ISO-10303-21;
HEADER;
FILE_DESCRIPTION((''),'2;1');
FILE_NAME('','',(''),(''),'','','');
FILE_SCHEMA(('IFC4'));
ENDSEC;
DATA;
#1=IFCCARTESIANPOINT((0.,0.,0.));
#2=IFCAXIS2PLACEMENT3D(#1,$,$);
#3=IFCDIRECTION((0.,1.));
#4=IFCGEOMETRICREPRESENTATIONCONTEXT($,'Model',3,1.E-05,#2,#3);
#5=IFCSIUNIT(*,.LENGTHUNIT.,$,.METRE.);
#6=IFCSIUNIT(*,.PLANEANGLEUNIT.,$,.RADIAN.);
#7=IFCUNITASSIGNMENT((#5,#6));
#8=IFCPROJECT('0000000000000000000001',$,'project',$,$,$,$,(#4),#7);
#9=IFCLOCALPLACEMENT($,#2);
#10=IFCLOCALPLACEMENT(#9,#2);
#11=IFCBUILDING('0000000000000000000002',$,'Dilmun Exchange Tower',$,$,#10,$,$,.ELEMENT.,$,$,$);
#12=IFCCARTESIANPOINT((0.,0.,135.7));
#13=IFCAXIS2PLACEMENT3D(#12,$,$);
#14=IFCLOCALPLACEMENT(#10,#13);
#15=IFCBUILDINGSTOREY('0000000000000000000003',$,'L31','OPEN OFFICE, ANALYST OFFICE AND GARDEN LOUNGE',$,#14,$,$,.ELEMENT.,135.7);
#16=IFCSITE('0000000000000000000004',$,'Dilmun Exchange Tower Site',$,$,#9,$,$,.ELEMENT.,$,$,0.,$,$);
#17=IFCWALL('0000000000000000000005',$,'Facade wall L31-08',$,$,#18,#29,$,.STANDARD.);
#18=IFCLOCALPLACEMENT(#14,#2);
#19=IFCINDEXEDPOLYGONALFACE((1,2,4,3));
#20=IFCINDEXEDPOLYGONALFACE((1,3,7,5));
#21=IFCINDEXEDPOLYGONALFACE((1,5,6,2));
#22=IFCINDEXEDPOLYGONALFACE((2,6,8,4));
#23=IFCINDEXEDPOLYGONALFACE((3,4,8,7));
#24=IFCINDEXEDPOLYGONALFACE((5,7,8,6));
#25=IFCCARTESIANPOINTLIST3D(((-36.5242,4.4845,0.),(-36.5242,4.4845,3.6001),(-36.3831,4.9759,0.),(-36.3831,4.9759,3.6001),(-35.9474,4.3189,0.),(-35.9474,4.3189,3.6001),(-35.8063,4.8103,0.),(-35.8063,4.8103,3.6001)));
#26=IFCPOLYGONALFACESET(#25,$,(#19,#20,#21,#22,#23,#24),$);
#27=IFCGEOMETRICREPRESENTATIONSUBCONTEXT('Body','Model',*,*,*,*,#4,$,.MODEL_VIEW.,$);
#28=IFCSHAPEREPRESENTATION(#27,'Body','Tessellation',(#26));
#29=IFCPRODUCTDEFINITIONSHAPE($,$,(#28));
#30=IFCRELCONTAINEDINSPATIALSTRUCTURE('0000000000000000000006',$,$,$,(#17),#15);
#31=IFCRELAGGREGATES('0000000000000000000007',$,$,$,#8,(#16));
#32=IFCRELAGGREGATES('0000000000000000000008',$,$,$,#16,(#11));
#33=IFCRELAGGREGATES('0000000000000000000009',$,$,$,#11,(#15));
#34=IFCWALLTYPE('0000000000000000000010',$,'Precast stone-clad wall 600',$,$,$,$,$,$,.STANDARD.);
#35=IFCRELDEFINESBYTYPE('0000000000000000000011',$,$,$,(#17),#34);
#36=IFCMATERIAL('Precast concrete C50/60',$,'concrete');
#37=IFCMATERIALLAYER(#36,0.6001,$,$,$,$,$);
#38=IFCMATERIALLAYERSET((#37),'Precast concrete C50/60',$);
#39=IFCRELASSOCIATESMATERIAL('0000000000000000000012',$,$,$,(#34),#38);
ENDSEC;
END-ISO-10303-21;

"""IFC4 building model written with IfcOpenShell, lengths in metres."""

from ifc_helpers import new_model, si_unit, direction, frame, frame_2d, origin, place, context, subcontext, project, spatial, rectangle, extrude, material, layer, layer_set, type_object, element, save


model = new_model("IFC4")

# Units and contexts
model_context = context("Model", 3, precision=1e-05, world=origin(), true_north=direction((0.0, 1.0)))
body_context = subcontext(model_context, "Body", "Model", "MODEL_VIEW")
ifc_project = project(units=[si_unit("LENGTHUNIT", "METRE"), si_unit("PLANEANGLEUNIT", "RADIAN")], contexts=[model_context])

# Site, building, storey
site_placement = place(None, origin())
site = spatial("IfcSite", under=ifc_project, at=site_placement, Name="Dilmun Exchange Tower Site", CompositionType="ELEMENT", RefElevation=0.0)
building_placement = place(site_placement, origin())
building = spatial("IfcBuilding", under=site, at=building_placement, Name="Dilmun Exchange Tower", CompositionType="ELEMENT")
storey_placement = place(building_placement, frame((0.0, 0.0, 135.7)))
storey = spatial("IfcBuildingStorey", under=building, at=storey_placement, Name="L31", Description="OPEN OFFICE, ANALYST OFFICE AND GARDEN LOUNGE", CompositionType="ELEMENT", Elevation=135.7)

# Shared definitions
ifc_material_1 = material(Name="Precast concrete C50/60", Category="concrete")
ifc_layer_1 = layer(ifc_material_1, 0.6001)
ifc_layer_set_1 = layer_set([ifc_layer_1], Name="Precast concrete C50/60")
wall_type_1 = type_object("IfcWallType", Name="Precast stone-clad wall 600", PredefinedType="STANDARD", material=ifc_layer_set_1)

# Wall
wall_1_placement = place(storey_placement, frame((-36.0947, 4.8931, 0.0), z_axis=(0.0, 0.0, 1.0), x_axis=(-0.275982, -0.961163, 0.0)))
element("IfcWall", 1, at=wall_1_placement, inside=storey, type_object=wall_type_1, Name="Facade wall L31-08", PredefinedType="STANDARD", context=body_context, shape_type="SweptSolid", body=[
    extrude(rectangle(XDim=0.5112, YDim=0.6001, at=frame_2d((0.2556, 0.0))), origin(), (0.0, 0.0, 1.0), 3.6001),
])

save(model, "model.ifc")
